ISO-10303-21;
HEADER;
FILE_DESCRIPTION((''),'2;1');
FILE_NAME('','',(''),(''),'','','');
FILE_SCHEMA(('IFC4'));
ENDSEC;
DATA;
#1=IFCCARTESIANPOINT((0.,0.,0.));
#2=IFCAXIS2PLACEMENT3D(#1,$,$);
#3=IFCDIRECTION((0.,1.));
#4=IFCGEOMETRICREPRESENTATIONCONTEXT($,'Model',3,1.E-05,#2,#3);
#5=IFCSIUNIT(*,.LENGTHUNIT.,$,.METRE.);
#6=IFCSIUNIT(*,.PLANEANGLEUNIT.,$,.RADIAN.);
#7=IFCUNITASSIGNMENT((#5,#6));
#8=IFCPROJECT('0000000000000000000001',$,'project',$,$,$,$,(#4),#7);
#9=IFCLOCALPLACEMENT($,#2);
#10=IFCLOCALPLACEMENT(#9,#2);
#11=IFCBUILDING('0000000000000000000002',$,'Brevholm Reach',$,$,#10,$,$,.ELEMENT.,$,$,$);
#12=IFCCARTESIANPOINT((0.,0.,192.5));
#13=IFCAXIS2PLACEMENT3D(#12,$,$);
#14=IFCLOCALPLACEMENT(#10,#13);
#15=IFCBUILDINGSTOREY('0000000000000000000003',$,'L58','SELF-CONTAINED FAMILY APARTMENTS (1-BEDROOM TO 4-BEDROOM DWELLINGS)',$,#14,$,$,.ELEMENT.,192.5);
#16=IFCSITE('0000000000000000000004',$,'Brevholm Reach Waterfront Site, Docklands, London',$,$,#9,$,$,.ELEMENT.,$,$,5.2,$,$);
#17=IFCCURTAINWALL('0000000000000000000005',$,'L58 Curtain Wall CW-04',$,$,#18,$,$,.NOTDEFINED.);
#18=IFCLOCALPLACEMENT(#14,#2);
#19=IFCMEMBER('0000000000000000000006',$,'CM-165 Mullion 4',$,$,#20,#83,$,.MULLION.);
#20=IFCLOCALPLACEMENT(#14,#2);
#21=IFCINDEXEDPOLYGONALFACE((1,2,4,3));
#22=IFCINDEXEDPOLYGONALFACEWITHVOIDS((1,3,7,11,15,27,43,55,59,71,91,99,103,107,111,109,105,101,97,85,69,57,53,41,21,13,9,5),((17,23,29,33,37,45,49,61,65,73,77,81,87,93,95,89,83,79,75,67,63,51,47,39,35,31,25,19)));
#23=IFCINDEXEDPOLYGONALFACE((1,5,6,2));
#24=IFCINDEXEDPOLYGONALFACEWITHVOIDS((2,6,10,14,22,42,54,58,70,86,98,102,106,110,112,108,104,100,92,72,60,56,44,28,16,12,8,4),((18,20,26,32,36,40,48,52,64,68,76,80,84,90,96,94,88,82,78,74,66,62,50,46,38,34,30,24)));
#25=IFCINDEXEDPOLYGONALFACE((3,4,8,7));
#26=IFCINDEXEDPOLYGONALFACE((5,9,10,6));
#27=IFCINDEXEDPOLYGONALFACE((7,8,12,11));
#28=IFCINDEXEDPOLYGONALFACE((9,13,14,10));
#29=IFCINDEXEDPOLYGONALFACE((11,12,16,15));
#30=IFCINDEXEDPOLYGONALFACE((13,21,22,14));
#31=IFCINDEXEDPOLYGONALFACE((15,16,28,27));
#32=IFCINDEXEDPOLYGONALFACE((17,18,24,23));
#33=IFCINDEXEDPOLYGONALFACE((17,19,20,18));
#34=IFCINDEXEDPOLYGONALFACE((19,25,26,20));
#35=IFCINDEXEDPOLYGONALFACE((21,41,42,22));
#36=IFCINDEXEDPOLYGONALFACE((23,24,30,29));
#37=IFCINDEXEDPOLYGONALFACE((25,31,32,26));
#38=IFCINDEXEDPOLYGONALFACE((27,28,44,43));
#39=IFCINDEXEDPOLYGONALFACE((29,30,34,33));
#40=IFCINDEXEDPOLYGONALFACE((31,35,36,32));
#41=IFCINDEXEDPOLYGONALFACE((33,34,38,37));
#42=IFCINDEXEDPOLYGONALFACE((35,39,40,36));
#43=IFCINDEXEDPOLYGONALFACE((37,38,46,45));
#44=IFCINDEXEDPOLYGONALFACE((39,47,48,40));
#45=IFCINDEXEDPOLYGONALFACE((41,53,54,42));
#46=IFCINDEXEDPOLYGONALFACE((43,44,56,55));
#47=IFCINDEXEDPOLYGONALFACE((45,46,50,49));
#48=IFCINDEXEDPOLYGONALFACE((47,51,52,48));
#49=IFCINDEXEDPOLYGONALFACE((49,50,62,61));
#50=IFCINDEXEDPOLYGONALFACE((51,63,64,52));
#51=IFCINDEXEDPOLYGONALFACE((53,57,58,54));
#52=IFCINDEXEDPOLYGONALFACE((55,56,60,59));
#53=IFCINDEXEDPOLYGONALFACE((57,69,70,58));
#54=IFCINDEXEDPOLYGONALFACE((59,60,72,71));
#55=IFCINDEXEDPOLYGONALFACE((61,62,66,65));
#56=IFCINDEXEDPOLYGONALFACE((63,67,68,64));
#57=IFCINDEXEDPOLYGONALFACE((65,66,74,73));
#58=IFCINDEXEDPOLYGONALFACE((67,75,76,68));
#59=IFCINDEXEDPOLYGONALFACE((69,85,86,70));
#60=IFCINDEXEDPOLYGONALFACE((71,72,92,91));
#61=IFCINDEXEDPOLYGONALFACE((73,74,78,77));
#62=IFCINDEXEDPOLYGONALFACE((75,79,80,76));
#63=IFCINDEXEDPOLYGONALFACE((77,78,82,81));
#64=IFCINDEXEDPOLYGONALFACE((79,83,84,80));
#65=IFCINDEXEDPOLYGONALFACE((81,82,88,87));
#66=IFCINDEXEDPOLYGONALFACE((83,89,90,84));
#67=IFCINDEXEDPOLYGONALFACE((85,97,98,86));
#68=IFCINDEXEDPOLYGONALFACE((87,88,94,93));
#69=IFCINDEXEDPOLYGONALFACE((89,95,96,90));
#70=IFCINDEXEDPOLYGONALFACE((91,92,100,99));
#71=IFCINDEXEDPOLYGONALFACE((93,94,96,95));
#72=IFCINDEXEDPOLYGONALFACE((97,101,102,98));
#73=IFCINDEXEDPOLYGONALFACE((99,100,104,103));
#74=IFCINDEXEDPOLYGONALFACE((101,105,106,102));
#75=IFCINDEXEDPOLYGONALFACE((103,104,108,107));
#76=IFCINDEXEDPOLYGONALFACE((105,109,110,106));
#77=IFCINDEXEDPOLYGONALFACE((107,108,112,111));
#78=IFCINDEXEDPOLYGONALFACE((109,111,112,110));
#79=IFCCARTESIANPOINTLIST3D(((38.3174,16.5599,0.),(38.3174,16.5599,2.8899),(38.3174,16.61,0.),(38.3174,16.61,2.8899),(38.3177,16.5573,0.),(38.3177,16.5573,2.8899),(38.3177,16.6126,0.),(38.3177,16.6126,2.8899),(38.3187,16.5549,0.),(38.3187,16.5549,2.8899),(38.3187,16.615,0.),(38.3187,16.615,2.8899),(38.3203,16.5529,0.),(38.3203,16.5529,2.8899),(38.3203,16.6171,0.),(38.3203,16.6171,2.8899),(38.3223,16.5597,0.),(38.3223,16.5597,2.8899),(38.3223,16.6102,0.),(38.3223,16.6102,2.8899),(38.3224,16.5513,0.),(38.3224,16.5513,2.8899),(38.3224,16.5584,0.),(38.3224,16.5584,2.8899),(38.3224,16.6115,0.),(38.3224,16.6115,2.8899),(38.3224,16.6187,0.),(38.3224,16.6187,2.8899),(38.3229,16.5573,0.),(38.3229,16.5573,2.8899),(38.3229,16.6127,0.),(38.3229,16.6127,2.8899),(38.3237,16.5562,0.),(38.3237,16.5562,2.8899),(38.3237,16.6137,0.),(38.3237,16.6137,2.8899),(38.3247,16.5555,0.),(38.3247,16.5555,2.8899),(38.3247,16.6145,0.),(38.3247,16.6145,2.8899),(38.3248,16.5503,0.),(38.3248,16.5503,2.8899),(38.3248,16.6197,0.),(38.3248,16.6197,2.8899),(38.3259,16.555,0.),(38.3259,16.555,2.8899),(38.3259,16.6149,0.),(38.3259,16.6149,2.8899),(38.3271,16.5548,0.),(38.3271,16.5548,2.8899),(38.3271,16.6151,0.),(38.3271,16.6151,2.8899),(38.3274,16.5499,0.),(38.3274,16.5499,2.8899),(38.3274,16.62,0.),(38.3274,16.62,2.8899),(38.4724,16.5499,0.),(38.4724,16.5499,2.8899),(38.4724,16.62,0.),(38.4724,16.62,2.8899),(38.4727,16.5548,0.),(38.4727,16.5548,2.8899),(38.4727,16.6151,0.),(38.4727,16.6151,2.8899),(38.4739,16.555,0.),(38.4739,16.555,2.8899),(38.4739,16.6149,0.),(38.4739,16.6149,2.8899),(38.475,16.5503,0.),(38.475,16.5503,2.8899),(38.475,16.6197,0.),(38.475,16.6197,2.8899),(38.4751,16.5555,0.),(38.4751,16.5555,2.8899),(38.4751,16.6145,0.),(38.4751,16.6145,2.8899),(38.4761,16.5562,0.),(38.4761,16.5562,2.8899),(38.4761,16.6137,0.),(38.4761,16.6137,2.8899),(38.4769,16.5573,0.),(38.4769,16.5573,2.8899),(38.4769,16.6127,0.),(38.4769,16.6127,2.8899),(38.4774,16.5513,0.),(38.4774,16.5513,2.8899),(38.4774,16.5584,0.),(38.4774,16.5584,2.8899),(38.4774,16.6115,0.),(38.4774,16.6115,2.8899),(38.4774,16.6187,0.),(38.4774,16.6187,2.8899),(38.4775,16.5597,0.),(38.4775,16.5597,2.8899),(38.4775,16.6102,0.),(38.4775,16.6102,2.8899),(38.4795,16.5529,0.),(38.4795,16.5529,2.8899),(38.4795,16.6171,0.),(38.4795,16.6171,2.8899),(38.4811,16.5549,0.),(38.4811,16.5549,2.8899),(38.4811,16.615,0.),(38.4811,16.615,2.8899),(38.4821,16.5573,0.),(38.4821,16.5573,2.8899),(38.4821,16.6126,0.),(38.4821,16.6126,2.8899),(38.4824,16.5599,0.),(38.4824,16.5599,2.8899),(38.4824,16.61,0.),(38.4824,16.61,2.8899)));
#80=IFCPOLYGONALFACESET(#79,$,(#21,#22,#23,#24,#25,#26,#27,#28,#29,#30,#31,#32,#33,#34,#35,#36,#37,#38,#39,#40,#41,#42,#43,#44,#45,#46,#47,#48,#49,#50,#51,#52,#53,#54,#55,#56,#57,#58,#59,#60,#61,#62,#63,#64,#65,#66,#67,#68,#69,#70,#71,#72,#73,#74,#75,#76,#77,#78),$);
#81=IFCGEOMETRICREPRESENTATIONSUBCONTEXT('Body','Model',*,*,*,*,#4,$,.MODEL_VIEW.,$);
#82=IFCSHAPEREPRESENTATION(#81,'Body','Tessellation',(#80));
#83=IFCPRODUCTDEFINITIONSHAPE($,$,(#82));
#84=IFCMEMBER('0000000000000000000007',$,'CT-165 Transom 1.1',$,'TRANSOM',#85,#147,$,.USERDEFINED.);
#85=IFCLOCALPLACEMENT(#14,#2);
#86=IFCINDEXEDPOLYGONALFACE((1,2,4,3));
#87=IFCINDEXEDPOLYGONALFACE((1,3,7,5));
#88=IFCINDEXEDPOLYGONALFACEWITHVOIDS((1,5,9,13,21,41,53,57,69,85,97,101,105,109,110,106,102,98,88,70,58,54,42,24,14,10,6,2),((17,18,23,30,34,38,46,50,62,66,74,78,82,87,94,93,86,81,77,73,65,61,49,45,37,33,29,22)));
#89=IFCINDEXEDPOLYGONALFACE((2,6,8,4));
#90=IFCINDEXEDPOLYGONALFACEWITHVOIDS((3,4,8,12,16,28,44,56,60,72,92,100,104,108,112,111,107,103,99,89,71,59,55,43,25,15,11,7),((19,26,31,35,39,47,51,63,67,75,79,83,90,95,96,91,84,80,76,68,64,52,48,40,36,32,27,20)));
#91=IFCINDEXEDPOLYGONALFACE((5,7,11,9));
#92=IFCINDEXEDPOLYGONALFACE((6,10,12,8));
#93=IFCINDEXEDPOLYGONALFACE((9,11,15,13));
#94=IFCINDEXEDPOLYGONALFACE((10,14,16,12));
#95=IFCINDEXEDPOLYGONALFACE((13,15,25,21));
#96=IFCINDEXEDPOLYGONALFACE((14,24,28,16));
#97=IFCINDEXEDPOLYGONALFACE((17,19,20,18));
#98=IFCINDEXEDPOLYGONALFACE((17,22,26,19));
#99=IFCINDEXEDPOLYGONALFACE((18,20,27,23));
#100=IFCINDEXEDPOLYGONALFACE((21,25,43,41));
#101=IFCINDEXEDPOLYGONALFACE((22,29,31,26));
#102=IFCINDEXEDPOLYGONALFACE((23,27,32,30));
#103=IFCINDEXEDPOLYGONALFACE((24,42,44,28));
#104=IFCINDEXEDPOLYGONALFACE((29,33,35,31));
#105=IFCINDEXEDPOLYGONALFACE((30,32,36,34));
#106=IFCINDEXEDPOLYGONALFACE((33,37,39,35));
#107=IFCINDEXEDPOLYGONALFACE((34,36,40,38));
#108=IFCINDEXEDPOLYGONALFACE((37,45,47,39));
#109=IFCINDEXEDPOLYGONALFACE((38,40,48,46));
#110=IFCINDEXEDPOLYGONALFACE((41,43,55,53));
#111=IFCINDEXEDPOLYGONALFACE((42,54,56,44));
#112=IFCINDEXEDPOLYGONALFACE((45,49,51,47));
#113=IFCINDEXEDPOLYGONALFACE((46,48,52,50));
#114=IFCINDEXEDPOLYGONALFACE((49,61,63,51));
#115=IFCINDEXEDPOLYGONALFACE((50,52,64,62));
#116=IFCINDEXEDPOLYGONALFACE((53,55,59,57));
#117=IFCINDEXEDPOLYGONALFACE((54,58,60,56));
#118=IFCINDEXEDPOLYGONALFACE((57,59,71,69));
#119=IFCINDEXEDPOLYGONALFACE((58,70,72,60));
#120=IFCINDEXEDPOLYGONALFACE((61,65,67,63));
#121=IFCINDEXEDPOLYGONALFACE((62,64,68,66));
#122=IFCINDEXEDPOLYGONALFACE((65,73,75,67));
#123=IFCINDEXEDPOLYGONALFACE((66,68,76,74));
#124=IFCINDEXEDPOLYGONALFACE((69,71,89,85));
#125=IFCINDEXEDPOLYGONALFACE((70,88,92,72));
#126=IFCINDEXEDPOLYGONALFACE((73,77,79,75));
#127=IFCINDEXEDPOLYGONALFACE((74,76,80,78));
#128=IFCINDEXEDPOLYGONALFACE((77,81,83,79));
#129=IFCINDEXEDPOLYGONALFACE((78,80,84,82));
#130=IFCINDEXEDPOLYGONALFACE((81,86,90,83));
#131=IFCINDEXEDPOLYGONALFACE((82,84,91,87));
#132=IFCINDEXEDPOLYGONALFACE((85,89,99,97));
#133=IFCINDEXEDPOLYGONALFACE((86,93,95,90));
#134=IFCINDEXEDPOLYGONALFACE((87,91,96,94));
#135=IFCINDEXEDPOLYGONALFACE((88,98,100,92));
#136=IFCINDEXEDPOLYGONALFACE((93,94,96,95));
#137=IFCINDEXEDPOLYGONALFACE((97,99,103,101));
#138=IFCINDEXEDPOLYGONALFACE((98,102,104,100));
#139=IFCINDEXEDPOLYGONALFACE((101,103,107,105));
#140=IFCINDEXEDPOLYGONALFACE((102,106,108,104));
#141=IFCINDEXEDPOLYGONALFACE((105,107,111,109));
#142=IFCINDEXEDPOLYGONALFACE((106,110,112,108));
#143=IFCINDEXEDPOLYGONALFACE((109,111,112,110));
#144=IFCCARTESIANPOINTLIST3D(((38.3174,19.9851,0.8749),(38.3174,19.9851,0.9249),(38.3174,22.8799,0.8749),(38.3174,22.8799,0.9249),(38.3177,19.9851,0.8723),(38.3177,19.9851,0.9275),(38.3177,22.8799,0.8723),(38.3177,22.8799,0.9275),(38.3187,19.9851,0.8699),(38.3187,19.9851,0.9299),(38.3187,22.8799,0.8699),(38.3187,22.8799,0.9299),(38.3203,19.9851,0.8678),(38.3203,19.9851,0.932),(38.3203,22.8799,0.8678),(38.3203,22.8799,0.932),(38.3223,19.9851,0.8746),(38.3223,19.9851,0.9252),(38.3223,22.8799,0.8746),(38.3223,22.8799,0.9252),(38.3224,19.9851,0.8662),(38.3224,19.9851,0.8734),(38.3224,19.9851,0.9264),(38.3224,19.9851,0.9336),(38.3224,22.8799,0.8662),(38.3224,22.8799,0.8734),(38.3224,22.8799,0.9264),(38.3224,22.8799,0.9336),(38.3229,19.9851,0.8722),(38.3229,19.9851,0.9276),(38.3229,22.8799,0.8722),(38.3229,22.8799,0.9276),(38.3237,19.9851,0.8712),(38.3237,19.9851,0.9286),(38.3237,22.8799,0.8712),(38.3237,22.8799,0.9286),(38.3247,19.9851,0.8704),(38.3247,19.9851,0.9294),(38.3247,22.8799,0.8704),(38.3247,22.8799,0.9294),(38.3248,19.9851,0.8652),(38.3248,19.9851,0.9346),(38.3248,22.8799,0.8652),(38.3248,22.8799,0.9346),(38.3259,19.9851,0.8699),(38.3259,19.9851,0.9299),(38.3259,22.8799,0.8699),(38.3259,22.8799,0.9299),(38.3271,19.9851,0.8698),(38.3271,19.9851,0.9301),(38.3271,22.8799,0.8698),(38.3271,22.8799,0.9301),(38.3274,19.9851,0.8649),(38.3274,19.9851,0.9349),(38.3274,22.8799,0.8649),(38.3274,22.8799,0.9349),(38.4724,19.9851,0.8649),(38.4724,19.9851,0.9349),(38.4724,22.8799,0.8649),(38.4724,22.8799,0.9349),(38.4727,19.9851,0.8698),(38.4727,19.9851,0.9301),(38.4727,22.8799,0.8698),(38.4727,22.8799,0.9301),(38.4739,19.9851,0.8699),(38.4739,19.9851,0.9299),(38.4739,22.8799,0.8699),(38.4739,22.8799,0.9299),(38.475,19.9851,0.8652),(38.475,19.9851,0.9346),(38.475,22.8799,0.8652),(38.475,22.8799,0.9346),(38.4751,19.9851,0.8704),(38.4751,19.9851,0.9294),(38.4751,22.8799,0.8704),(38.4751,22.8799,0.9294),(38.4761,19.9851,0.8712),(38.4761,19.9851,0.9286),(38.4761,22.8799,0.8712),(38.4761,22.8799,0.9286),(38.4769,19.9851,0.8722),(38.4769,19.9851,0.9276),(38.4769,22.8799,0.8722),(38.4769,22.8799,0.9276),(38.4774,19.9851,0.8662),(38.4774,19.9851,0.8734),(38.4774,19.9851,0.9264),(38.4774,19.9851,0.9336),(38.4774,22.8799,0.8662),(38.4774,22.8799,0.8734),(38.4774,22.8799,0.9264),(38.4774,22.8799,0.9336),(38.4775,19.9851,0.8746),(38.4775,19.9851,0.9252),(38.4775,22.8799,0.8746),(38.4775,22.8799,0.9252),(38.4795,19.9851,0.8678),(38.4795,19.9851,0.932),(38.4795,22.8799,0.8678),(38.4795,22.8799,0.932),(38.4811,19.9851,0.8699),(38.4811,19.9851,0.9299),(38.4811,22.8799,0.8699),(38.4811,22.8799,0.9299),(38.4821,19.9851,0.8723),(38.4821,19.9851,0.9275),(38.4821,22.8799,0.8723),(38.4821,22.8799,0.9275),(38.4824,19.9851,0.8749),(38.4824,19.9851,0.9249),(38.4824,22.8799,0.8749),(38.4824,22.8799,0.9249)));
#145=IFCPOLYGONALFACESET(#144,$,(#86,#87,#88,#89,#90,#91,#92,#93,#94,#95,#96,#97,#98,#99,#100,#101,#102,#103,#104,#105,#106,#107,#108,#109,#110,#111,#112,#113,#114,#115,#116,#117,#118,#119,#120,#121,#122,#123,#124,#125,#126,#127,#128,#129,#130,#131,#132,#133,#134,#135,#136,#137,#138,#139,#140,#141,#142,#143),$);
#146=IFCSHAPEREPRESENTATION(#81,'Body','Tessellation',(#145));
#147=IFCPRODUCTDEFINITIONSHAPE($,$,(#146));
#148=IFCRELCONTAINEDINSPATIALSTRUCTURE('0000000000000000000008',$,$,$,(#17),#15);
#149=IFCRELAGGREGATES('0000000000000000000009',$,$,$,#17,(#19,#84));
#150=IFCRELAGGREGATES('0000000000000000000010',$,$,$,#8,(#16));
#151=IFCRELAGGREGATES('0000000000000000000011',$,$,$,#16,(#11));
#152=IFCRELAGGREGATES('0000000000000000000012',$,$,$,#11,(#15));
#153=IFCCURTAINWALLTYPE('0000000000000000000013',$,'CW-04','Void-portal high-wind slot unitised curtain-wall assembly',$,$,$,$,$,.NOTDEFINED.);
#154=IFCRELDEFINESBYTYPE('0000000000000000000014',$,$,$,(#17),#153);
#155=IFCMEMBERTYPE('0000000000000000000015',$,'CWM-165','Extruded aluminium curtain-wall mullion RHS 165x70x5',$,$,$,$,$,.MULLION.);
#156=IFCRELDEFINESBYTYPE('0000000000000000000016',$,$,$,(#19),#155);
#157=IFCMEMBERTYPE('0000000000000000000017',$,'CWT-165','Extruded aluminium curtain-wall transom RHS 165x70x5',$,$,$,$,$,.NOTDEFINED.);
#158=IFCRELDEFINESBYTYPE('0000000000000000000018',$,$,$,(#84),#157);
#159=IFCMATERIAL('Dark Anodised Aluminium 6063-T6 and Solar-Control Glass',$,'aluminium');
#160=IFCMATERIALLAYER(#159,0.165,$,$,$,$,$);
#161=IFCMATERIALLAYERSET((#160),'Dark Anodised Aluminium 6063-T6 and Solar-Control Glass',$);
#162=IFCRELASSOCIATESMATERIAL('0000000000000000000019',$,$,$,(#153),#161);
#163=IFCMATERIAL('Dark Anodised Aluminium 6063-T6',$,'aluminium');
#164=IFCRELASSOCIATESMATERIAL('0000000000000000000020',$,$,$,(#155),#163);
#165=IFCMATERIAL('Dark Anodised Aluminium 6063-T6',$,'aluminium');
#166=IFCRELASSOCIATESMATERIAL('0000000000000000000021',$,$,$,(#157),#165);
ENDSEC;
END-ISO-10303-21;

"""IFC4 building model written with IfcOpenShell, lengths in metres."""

from ifc_helpers import new_model, si_unit, direction, frame, origin, origin_2d, place, context, subcontext, project, spatial, hollow_rectangle, extrude, material, layer, layer_set, material_profile, profile_set, type_object, element, aggregate, save


model = new_model("IFC4")

# Units and contexts
model_context = context("Model", 3, precision=1e-05, world=origin(), true_north=direction((0.0, 1.0)))
body_context = subcontext(model_context, "Body", "Model", "MODEL_VIEW")
ifc_project = project(units=[si_unit("LENGTHUNIT", "METRE"), si_unit("PLANEANGLEUNIT", "RADIAN")], contexts=[model_context])

# Site, building, storey
site_placement = place(None, origin())
site = spatial("IfcSite", under=ifc_project, at=site_placement, Name="Brevholm Reach Waterfront Site, Docklands, London", CompositionType="ELEMENT", RefElevation=5.2)
building_placement = place(site_placement, origin())
building = spatial("IfcBuilding", under=site, at=building_placement, Name="Brevholm Reach", CompositionType="ELEMENT")
storey_placement = place(building_placement, frame((0.0, 0.0, 192.5)))
storey = spatial("IfcBuildingStorey", under=building, at=storey_placement, Name="L58", Description="SELF-CONTAINED FAMILY APARTMENTS (1-BEDROOM TO 4-BEDROOM DWELLINGS)", CompositionType="ELEMENT", Elevation=192.5)

# Curtain wall, members
ifc_material_1 = material(Name="Dark Anodised Aluminium 6063-T6 and Solar-Control Glass", Category="aluminium")
ifc_layer_1 = layer(ifc_material_1, 0.165)
ifc_layer_set_1 = layer_set([ifc_layer_1], Name="Dark Anodised Aluminium 6063-T6 and Solar-Control Glass")
curtain_wall_type = type_object("IfcCurtainWallType", Name="CW-04", Description="Void-portal high-wind slot unitised curtain-wall assembly", PredefinedType="NOTDEFINED", material=ifc_layer_set_1)
curtain_wall_placement = place(storey_placement, origin())
curtain_wall = element("IfcCurtainWall", 1, at=curtain_wall_placement, inside=storey, type_object=curtain_wall_type, Name="L58 Curtain Wall CW-04", PredefinedType="NOTDEFINED")
ifc_material_2 = material(Name="Dark Anodised Aluminium 6063-T6", Category="aluminium")
ifc_material_profile_1 = material_profile(ifc_material_2, hollow_rectangle(XDim=0.0701, YDim=0.165, WallThickness=0.0049, InnerFilletRadius=0.0049, OuterFilletRadius=0.01, at=origin_2d()), Name="RHS 165x70x5")
ifc_profile_set_1 = profile_set([ifc_material_profile_1], Name="Dark Anodised Aluminium 6063-T6")
member_type_1 = type_object("IfcMemberType", Name="CWM-165", Description="Extruded aluminium curtain-wall mullion RHS 165x70x5", PredefinedType="MULLION", material=ifc_profile_set_1)
member_1_placement = place(storey_placement, frame((38.3999, 16.585, 0.0), z_axis=(0.0, 0.0, 1.0), x_axis=(0.0, -1.0, 0.0)))
member_1 = element("IfcMember", 2, at=member_1_placement, type_object=member_type_1, Name="CM-165 Mullion 4", PredefinedType="MULLION", context=body_context, shape_type="SweptSolid", body=[
    extrude(hollow_rectangle(XDim=0.0701, YDim=0.165, WallThickness=0.0049, InnerFilletRadius=0.0049, OuterFilletRadius=0.01, at=origin_2d()), origin(), (0.0, 0.0, 1.0), 2.8899),
])
ifc_material_3 = material(Name="Dark Anodised Aluminium 6063-T6", Category="aluminium")
ifc_material_profile_2 = material_profile(ifc_material_3, hollow_rectangle(XDim=0.0701, YDim=0.165, WallThickness=0.0049, InnerFilletRadius=0.0049, OuterFilletRadius=0.01, at=origin_2d()), Name="RHS 165x70x5")
ifc_profile_set_2 = profile_set([ifc_material_profile_2], Name="Dark Anodised Aluminium 6063-T6")
member_type_2 = type_object("IfcMemberType", Name="CWT-165", Description="Extruded aluminium curtain-wall transom RHS 165x70x5", PredefinedType="NOTDEFINED", material=ifc_profile_set_2)
member_2_placement = place(storey_placement, frame((38.3999, 22.8799, 0.8999), z_axis=(0.0, -1.0, 0.0), x_axis=(0.0, 0.0, 1.0)))
member_2 = element("IfcMember", 3, at=member_2_placement, type_object=member_type_2, Name="CT-165 Transom 1.1", ObjectType="TRANSOM", PredefinedType="USERDEFINED", context=body_context, shape_type="SweptSolid", body=[
    extrude(hollow_rectangle(XDim=0.0701, YDim=0.165, WallThickness=0.0049, InnerFilletRadius=0.0049, OuterFilletRadius=0.01, at=origin_2d()), origin(), (0.0, 0.0, 1.0), 2.8948),
])
aggregate(curtain_wall, [member_1, member_2])

save(model, "model.ifc")
